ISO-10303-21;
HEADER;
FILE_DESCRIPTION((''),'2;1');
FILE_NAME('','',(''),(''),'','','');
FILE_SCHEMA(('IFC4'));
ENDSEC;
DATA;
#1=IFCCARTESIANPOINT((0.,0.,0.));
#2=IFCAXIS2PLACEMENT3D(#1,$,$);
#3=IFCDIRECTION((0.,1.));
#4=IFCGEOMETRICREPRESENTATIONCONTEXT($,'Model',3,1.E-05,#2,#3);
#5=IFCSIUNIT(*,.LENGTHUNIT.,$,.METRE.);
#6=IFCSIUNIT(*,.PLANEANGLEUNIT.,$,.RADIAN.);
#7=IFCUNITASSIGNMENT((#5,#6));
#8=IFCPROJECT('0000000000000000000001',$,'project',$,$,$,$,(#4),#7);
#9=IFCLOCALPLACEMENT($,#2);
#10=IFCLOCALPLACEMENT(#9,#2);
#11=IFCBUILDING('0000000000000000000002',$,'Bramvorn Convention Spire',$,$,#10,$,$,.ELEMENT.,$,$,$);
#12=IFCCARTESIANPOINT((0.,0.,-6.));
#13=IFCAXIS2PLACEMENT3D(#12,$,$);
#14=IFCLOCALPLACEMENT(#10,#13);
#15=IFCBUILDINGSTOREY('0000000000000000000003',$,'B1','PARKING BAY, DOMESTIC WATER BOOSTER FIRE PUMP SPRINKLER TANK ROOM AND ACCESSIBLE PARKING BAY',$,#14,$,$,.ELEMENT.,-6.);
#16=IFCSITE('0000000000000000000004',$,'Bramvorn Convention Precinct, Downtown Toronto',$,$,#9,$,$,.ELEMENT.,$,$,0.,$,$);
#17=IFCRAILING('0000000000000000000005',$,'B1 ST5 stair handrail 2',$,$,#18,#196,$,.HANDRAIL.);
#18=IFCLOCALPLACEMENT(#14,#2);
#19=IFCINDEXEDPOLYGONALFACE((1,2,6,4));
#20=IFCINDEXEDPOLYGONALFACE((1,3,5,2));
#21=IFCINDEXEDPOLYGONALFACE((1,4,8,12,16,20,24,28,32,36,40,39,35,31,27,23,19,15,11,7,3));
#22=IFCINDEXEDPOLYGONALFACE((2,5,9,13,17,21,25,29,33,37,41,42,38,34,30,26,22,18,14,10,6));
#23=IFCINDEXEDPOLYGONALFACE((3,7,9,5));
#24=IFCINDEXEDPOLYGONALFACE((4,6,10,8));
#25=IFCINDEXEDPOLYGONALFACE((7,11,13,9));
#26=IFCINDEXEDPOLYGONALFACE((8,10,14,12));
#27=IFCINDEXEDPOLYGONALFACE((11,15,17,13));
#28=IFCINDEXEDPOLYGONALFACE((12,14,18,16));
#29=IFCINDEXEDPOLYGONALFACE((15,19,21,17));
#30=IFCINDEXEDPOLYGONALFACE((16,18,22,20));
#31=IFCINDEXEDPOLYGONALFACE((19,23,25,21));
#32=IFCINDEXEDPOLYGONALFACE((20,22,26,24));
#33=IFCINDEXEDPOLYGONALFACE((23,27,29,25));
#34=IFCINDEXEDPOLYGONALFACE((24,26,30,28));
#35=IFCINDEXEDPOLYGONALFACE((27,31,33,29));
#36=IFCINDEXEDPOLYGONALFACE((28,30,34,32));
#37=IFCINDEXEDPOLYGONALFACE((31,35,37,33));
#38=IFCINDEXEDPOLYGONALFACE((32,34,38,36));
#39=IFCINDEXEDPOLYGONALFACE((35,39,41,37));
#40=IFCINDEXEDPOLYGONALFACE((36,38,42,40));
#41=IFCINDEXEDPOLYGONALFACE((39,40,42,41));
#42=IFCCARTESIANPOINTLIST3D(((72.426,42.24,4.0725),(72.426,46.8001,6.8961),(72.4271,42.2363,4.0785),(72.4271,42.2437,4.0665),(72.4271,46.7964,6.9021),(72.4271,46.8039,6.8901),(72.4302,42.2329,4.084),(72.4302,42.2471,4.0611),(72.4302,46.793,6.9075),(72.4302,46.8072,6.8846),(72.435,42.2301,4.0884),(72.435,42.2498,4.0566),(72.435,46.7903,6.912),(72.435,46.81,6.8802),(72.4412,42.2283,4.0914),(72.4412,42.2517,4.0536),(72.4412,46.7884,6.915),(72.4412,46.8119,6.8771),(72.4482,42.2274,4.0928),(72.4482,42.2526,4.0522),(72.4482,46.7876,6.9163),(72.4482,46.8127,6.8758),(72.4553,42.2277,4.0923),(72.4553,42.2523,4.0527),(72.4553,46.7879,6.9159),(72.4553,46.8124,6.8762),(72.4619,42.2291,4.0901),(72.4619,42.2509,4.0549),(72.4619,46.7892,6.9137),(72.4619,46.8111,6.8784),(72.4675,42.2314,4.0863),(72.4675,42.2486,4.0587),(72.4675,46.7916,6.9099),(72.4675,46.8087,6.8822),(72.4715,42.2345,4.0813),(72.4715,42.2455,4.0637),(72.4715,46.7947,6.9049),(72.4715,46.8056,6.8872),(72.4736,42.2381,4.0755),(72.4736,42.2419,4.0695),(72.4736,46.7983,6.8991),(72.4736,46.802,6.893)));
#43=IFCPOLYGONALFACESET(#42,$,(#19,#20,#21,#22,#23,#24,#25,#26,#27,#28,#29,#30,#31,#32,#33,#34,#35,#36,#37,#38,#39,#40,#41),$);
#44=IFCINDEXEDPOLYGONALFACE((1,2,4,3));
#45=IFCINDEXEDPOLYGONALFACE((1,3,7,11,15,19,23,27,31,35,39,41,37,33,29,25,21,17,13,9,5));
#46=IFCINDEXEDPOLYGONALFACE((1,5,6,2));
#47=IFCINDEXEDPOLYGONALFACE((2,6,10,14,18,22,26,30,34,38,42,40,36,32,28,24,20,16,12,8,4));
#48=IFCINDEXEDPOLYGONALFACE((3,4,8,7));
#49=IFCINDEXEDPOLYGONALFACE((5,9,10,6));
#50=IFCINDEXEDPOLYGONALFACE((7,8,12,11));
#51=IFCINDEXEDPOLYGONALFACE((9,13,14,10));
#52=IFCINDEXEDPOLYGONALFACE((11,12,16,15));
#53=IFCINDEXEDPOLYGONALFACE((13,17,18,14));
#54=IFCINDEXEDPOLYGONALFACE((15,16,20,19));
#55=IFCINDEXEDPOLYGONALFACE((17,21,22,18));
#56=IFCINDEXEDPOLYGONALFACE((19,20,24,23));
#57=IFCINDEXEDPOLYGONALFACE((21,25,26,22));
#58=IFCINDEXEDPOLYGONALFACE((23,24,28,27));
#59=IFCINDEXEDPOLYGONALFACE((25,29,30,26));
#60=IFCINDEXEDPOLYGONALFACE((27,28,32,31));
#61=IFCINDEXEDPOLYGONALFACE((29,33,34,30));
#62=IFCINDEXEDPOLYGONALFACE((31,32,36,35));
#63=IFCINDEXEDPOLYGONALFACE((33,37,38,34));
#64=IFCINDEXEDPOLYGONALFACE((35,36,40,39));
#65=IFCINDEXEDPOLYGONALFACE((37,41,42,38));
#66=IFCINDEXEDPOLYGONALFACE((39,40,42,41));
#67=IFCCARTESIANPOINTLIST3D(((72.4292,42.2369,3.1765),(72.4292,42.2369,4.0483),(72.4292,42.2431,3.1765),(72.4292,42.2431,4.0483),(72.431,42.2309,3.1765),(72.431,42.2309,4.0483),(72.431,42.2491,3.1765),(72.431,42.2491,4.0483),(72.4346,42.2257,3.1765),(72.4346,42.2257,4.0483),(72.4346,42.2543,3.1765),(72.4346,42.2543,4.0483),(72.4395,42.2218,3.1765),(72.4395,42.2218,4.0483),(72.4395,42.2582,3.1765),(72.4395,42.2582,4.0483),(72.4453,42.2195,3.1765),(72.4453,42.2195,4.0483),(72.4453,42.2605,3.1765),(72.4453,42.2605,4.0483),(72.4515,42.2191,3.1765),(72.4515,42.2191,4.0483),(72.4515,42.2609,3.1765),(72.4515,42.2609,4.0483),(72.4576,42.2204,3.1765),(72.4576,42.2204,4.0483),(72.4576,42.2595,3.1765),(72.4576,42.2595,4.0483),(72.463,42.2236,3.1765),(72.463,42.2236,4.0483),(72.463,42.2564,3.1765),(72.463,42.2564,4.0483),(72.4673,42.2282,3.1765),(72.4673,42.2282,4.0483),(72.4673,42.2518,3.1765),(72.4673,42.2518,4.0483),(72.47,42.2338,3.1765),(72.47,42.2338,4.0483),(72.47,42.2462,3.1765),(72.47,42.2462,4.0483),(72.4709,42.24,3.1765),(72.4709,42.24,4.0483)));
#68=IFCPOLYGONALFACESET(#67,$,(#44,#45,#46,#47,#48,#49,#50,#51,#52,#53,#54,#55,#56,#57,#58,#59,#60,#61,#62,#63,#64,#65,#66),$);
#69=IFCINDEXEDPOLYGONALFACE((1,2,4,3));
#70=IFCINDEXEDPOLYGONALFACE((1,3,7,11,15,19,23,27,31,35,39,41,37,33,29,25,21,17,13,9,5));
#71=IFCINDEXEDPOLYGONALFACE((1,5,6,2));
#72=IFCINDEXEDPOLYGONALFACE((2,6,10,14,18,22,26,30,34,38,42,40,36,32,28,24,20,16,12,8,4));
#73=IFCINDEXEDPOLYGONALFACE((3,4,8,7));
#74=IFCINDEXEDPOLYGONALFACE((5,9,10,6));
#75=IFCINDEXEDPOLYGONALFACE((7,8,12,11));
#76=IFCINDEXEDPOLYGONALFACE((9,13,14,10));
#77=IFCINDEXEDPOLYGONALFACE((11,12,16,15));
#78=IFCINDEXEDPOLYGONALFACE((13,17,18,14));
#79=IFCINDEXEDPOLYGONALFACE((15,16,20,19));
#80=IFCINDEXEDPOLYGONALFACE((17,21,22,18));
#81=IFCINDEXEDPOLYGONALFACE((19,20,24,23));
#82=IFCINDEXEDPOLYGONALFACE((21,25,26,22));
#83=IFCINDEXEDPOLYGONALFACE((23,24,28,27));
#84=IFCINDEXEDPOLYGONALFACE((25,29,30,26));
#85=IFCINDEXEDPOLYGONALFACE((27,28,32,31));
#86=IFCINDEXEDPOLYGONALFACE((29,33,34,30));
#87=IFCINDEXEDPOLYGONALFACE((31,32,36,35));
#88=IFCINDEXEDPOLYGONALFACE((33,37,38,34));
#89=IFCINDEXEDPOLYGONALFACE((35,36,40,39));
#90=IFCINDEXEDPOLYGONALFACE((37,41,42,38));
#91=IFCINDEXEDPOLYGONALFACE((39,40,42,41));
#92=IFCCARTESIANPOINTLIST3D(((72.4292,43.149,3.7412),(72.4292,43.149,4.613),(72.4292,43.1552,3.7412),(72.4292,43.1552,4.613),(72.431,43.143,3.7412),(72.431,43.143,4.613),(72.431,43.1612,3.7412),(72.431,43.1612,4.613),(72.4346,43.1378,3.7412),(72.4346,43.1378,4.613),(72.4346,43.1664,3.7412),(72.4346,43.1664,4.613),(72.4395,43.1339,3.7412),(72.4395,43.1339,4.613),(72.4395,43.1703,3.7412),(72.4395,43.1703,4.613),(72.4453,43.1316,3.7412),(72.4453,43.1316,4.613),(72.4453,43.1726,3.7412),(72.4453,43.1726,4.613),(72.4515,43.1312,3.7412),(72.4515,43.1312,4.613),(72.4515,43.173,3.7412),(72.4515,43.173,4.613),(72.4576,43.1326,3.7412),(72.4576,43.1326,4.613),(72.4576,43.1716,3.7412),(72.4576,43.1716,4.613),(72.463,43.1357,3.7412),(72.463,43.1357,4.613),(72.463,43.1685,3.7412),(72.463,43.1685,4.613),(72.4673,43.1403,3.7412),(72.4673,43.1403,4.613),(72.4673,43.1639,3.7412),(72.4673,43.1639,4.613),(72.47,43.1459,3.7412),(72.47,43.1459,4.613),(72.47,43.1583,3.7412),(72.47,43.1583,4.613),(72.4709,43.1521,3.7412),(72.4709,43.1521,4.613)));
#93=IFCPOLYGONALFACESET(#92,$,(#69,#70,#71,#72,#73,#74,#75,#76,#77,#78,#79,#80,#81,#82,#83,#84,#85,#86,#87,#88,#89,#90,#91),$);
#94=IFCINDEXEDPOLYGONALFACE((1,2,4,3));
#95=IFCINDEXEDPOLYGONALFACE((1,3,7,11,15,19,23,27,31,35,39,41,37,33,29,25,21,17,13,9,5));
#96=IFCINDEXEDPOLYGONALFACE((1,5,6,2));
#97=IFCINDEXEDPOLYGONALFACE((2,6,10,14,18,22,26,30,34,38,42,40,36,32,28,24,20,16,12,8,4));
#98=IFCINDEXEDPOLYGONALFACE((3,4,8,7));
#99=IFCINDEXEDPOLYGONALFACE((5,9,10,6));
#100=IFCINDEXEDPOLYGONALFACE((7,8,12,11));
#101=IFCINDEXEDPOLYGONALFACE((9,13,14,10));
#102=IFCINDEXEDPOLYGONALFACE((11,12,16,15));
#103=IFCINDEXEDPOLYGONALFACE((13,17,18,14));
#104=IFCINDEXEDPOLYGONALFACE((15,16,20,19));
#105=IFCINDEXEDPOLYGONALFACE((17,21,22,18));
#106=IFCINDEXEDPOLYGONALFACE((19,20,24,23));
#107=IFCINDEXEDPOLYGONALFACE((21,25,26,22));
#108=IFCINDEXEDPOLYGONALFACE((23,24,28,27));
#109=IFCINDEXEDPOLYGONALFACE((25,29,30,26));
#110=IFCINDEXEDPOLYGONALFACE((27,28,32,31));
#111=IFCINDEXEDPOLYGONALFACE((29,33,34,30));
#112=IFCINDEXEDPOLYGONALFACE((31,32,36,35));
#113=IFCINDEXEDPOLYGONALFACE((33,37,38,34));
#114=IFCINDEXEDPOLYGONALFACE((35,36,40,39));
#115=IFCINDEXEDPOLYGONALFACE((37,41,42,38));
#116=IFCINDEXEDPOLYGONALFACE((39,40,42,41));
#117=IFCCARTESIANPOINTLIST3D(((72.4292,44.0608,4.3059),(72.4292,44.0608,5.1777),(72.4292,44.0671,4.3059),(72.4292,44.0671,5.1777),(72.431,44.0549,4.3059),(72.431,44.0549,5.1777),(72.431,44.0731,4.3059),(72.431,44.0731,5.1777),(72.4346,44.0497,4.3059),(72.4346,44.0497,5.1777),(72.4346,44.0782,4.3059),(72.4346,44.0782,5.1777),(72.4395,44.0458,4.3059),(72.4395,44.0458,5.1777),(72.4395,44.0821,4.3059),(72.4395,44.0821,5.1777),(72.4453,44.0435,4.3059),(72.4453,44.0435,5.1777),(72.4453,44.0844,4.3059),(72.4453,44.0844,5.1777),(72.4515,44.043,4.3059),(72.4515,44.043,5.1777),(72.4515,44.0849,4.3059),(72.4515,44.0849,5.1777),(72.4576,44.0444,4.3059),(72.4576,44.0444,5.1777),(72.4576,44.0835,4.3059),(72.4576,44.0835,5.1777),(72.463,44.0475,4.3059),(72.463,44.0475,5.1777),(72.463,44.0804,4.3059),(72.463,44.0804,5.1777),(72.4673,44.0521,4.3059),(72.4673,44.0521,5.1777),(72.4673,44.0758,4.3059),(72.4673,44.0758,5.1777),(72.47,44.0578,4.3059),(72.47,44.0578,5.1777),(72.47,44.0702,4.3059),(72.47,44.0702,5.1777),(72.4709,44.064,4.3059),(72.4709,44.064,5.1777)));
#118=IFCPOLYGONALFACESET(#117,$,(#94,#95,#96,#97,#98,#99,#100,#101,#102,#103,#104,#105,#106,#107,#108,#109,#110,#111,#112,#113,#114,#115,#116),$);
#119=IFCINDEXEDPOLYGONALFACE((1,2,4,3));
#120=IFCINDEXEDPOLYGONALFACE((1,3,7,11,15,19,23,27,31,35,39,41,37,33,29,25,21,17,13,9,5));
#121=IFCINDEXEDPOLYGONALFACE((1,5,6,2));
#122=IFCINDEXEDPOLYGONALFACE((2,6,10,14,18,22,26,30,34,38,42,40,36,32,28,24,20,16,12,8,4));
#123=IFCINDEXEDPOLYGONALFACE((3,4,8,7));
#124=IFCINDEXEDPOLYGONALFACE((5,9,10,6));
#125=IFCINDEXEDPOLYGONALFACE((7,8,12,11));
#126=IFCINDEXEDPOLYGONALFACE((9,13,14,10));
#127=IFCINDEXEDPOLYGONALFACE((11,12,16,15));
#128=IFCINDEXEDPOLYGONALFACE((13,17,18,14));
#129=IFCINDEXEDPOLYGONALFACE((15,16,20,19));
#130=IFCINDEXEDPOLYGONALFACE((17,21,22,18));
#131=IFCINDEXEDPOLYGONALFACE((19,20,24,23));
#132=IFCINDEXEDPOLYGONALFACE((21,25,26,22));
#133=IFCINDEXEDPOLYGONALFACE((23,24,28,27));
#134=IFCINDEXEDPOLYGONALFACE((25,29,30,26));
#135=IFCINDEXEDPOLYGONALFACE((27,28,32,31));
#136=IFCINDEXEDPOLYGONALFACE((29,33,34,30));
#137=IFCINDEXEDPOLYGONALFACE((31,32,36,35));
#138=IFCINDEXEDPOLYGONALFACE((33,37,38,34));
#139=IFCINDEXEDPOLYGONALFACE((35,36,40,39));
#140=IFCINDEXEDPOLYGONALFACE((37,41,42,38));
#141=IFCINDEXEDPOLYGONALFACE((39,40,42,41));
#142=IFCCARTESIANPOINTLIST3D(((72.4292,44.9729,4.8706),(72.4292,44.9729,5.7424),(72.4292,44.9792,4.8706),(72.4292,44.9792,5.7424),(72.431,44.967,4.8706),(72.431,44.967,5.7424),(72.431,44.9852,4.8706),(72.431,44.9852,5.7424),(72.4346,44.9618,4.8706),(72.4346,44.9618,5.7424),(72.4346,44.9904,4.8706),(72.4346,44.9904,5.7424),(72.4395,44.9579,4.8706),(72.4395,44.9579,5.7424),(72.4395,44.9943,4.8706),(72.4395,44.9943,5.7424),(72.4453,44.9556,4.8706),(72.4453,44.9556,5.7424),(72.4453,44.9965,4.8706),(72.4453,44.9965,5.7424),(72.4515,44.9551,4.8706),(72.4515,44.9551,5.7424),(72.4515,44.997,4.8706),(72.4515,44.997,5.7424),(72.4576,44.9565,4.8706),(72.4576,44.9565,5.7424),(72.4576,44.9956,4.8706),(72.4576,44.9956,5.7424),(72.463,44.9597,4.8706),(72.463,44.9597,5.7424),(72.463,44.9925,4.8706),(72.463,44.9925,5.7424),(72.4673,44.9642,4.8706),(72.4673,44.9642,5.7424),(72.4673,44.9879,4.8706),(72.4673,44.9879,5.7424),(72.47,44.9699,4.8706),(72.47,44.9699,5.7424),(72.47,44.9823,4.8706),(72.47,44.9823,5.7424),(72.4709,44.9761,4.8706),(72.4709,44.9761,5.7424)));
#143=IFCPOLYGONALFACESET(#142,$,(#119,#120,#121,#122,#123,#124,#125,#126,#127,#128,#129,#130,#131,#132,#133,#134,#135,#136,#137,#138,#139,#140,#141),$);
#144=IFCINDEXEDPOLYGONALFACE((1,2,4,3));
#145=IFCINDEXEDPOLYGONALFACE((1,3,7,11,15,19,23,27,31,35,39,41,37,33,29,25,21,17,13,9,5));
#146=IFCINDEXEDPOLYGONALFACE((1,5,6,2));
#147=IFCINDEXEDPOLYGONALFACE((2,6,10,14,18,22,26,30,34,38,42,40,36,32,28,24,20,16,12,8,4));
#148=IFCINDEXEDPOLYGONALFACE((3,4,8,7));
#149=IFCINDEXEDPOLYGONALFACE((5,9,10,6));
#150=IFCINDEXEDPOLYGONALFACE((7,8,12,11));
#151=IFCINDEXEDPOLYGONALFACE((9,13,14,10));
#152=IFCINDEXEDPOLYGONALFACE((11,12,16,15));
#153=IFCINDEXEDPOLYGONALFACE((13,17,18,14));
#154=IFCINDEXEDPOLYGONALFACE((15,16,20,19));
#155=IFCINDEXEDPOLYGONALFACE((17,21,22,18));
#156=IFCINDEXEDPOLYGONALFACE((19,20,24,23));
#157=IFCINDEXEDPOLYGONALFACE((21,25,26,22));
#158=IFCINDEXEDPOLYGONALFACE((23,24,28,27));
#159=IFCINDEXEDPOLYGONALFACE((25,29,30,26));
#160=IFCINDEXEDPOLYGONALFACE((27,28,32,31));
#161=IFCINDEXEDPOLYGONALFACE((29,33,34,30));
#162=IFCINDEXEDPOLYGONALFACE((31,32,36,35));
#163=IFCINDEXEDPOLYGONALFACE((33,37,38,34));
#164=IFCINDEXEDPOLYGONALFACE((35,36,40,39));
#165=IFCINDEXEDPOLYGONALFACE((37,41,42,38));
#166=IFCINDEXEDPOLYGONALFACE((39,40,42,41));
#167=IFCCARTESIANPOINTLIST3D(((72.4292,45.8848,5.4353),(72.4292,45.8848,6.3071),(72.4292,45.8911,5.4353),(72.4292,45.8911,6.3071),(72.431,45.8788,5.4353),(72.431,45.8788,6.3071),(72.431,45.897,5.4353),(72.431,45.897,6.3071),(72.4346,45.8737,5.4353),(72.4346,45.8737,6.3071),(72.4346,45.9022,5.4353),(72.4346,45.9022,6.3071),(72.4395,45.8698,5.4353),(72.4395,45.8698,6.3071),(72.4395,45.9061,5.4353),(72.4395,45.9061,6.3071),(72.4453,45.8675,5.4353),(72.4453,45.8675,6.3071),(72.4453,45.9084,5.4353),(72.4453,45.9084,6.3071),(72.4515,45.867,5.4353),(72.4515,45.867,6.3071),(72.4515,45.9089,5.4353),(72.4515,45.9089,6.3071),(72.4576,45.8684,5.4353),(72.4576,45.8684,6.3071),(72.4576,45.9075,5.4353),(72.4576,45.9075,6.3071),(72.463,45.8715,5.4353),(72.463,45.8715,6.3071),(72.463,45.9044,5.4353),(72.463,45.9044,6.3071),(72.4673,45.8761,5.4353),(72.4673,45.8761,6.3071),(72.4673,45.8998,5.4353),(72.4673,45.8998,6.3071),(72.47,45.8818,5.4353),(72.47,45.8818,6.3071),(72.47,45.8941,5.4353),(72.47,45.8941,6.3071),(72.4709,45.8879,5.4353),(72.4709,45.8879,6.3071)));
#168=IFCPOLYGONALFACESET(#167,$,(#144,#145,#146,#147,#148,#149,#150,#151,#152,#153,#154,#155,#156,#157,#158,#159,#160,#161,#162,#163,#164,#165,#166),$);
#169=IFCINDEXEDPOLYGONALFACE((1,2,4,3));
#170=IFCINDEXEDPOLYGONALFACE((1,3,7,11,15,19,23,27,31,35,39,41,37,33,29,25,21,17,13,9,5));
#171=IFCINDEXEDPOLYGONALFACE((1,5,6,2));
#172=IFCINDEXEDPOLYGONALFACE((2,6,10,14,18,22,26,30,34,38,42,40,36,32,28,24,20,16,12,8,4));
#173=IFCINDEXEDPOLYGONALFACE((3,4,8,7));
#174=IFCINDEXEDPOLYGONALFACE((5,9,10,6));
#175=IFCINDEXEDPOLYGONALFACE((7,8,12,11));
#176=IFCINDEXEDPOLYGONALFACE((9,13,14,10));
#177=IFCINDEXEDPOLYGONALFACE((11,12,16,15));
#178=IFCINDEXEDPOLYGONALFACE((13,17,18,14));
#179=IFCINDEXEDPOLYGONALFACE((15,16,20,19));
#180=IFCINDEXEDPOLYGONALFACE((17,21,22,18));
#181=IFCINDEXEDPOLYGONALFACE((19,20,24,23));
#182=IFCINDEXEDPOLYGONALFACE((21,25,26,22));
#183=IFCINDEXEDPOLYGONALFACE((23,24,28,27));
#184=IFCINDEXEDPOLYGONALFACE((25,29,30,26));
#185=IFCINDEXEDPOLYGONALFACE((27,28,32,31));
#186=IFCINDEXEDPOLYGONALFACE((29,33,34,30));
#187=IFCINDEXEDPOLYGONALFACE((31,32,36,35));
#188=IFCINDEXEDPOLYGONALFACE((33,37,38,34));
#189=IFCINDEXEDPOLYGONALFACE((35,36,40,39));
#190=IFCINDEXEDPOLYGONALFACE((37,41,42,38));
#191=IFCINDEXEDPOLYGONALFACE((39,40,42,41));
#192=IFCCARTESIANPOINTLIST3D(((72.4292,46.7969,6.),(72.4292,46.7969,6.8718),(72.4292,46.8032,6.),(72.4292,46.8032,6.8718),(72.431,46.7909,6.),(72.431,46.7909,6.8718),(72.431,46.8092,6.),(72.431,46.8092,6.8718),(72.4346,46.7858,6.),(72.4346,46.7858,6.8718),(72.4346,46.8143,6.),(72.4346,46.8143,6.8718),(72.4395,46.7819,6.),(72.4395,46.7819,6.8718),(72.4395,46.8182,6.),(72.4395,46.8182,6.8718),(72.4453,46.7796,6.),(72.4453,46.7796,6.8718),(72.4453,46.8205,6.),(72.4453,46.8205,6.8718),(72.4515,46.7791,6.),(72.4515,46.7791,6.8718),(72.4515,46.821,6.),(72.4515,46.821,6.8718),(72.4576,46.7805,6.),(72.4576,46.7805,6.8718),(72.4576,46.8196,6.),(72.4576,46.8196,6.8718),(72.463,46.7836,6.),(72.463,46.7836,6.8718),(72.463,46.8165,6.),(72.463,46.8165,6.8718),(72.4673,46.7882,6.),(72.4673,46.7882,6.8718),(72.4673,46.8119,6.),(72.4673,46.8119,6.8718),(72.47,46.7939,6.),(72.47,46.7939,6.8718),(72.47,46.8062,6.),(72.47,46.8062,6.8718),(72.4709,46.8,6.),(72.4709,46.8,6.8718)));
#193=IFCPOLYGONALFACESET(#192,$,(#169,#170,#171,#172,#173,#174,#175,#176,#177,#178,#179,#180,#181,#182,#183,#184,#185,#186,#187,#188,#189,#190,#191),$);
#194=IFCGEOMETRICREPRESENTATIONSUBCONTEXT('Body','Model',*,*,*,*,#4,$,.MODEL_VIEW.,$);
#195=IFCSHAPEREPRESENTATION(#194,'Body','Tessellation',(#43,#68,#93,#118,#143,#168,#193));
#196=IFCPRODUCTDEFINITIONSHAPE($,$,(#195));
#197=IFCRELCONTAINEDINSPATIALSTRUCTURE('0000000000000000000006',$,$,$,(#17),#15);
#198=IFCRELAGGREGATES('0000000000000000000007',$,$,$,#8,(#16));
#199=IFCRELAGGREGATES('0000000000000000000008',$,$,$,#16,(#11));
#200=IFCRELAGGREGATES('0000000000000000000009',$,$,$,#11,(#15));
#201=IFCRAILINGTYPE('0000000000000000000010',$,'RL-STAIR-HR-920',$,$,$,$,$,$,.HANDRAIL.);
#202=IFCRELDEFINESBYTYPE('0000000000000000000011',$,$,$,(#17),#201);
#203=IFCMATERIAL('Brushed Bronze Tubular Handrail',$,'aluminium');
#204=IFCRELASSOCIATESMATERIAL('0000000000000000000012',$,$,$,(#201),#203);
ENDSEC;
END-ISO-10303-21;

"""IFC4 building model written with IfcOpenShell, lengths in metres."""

from ifc_helpers import new_model, si_unit, direction, frame, origin, origin_2d, place, context, subcontext, project, spatial, circle, extrude, material, type_object, element, save


model = new_model("IFC4")

# Units and contexts
model_context = context("Model", 3, precision=1e-05, world=origin(), true_north=direction((0.0, 1.0)))
body_context = subcontext(model_context, "Body", "Model", "MODEL_VIEW")
ifc_project = project(units=[si_unit("LENGTHUNIT", "METRE"), si_unit("PLANEANGLEUNIT", "RADIAN")], contexts=[model_context])

# Site, building, storey
site_placement = place(None, origin())
site = spatial("IfcSite", under=ifc_project, at=site_placement, Name="Bramvorn Convention Precinct, Downtown Toronto", CompositionType="ELEMENT", RefElevation=0.0)
building_placement = place(site_placement, origin())
building = spatial("IfcBuilding", under=site, at=building_placement, Name="Bramvorn Convention Spire", CompositionType="ELEMENT")
storey_placement = place(building_placement, frame((0.0, 0.0, -6.0)))
storey = spatial("IfcBuildingStorey", under=building, at=storey_placement, Name="B1", Description="PARKING BAY, DOMESTIC WATER BOOSTER FIRE PUMP SPRINKLER TANK ROOM AND ACCESSIBLE PARKING BAY", CompositionType="ELEMENT", Elevation=-6.0)

# Railing
ifc_material_1 = material(Name="Brushed Bronze Tubular Handrail", Category="aluminium")
railing_type_1 = type_object("IfcRailingType", Name="RL-STAIR-HR-920", PredefinedType="HANDRAIL", material=ifc_material_1)
railing_1_placement = place(storey_placement, frame((72.45, 42.24, 3.1765)))
element("IfcRailing", 1, at=railing_1_placement, inside=storey, type_object=railing_type_1, Name="B1 ST5 stair handrail 2", PredefinedType="HANDRAIL", context=body_context, shape_type="SweptSolid", body=[
    extrude(circle(Radius=0.0239, at=origin_2d()), frame((0.0, 0.0, 0.896), z_axis=(0.0, 0.850216, 0.526435), x_axis=(-1.0, 0.0, 0.0)), (0.0, 0.0, 1.0), 5.3635),
    extrude(circle(Radius=0.021, at=origin_2d()), origin(), (0.0, 0.0, 1.0), 0.8718),
    extrude(circle(Radius=0.021, at=origin_2d()), frame((0.0, 0.9121, 0.5647)), (0.0, 0.0, 1.0), 0.8718),
    extrude(circle(Radius=0.021, at=origin_2d()), frame((0.0, 1.824, 1.1294)), (0.0, 0.0, 1.0), 0.8718),
    extrude(circle(Radius=0.021, at=origin_2d()), frame((0.0, 2.7361, 1.6941)), (0.0, 0.0, 1.0), 0.8718),
    extrude(circle(Radius=0.021, at=origin_2d()), frame((0.0, 3.6479, 2.2588)), (0.0, 0.0, 1.0), 0.8718),
    extrude(circle(Radius=0.021, at=origin_2d()), frame((0.0, 4.5601, 2.8235)), (0.0, 0.0, 1.0), 0.8718),
])

save(model, "model.ifc")
